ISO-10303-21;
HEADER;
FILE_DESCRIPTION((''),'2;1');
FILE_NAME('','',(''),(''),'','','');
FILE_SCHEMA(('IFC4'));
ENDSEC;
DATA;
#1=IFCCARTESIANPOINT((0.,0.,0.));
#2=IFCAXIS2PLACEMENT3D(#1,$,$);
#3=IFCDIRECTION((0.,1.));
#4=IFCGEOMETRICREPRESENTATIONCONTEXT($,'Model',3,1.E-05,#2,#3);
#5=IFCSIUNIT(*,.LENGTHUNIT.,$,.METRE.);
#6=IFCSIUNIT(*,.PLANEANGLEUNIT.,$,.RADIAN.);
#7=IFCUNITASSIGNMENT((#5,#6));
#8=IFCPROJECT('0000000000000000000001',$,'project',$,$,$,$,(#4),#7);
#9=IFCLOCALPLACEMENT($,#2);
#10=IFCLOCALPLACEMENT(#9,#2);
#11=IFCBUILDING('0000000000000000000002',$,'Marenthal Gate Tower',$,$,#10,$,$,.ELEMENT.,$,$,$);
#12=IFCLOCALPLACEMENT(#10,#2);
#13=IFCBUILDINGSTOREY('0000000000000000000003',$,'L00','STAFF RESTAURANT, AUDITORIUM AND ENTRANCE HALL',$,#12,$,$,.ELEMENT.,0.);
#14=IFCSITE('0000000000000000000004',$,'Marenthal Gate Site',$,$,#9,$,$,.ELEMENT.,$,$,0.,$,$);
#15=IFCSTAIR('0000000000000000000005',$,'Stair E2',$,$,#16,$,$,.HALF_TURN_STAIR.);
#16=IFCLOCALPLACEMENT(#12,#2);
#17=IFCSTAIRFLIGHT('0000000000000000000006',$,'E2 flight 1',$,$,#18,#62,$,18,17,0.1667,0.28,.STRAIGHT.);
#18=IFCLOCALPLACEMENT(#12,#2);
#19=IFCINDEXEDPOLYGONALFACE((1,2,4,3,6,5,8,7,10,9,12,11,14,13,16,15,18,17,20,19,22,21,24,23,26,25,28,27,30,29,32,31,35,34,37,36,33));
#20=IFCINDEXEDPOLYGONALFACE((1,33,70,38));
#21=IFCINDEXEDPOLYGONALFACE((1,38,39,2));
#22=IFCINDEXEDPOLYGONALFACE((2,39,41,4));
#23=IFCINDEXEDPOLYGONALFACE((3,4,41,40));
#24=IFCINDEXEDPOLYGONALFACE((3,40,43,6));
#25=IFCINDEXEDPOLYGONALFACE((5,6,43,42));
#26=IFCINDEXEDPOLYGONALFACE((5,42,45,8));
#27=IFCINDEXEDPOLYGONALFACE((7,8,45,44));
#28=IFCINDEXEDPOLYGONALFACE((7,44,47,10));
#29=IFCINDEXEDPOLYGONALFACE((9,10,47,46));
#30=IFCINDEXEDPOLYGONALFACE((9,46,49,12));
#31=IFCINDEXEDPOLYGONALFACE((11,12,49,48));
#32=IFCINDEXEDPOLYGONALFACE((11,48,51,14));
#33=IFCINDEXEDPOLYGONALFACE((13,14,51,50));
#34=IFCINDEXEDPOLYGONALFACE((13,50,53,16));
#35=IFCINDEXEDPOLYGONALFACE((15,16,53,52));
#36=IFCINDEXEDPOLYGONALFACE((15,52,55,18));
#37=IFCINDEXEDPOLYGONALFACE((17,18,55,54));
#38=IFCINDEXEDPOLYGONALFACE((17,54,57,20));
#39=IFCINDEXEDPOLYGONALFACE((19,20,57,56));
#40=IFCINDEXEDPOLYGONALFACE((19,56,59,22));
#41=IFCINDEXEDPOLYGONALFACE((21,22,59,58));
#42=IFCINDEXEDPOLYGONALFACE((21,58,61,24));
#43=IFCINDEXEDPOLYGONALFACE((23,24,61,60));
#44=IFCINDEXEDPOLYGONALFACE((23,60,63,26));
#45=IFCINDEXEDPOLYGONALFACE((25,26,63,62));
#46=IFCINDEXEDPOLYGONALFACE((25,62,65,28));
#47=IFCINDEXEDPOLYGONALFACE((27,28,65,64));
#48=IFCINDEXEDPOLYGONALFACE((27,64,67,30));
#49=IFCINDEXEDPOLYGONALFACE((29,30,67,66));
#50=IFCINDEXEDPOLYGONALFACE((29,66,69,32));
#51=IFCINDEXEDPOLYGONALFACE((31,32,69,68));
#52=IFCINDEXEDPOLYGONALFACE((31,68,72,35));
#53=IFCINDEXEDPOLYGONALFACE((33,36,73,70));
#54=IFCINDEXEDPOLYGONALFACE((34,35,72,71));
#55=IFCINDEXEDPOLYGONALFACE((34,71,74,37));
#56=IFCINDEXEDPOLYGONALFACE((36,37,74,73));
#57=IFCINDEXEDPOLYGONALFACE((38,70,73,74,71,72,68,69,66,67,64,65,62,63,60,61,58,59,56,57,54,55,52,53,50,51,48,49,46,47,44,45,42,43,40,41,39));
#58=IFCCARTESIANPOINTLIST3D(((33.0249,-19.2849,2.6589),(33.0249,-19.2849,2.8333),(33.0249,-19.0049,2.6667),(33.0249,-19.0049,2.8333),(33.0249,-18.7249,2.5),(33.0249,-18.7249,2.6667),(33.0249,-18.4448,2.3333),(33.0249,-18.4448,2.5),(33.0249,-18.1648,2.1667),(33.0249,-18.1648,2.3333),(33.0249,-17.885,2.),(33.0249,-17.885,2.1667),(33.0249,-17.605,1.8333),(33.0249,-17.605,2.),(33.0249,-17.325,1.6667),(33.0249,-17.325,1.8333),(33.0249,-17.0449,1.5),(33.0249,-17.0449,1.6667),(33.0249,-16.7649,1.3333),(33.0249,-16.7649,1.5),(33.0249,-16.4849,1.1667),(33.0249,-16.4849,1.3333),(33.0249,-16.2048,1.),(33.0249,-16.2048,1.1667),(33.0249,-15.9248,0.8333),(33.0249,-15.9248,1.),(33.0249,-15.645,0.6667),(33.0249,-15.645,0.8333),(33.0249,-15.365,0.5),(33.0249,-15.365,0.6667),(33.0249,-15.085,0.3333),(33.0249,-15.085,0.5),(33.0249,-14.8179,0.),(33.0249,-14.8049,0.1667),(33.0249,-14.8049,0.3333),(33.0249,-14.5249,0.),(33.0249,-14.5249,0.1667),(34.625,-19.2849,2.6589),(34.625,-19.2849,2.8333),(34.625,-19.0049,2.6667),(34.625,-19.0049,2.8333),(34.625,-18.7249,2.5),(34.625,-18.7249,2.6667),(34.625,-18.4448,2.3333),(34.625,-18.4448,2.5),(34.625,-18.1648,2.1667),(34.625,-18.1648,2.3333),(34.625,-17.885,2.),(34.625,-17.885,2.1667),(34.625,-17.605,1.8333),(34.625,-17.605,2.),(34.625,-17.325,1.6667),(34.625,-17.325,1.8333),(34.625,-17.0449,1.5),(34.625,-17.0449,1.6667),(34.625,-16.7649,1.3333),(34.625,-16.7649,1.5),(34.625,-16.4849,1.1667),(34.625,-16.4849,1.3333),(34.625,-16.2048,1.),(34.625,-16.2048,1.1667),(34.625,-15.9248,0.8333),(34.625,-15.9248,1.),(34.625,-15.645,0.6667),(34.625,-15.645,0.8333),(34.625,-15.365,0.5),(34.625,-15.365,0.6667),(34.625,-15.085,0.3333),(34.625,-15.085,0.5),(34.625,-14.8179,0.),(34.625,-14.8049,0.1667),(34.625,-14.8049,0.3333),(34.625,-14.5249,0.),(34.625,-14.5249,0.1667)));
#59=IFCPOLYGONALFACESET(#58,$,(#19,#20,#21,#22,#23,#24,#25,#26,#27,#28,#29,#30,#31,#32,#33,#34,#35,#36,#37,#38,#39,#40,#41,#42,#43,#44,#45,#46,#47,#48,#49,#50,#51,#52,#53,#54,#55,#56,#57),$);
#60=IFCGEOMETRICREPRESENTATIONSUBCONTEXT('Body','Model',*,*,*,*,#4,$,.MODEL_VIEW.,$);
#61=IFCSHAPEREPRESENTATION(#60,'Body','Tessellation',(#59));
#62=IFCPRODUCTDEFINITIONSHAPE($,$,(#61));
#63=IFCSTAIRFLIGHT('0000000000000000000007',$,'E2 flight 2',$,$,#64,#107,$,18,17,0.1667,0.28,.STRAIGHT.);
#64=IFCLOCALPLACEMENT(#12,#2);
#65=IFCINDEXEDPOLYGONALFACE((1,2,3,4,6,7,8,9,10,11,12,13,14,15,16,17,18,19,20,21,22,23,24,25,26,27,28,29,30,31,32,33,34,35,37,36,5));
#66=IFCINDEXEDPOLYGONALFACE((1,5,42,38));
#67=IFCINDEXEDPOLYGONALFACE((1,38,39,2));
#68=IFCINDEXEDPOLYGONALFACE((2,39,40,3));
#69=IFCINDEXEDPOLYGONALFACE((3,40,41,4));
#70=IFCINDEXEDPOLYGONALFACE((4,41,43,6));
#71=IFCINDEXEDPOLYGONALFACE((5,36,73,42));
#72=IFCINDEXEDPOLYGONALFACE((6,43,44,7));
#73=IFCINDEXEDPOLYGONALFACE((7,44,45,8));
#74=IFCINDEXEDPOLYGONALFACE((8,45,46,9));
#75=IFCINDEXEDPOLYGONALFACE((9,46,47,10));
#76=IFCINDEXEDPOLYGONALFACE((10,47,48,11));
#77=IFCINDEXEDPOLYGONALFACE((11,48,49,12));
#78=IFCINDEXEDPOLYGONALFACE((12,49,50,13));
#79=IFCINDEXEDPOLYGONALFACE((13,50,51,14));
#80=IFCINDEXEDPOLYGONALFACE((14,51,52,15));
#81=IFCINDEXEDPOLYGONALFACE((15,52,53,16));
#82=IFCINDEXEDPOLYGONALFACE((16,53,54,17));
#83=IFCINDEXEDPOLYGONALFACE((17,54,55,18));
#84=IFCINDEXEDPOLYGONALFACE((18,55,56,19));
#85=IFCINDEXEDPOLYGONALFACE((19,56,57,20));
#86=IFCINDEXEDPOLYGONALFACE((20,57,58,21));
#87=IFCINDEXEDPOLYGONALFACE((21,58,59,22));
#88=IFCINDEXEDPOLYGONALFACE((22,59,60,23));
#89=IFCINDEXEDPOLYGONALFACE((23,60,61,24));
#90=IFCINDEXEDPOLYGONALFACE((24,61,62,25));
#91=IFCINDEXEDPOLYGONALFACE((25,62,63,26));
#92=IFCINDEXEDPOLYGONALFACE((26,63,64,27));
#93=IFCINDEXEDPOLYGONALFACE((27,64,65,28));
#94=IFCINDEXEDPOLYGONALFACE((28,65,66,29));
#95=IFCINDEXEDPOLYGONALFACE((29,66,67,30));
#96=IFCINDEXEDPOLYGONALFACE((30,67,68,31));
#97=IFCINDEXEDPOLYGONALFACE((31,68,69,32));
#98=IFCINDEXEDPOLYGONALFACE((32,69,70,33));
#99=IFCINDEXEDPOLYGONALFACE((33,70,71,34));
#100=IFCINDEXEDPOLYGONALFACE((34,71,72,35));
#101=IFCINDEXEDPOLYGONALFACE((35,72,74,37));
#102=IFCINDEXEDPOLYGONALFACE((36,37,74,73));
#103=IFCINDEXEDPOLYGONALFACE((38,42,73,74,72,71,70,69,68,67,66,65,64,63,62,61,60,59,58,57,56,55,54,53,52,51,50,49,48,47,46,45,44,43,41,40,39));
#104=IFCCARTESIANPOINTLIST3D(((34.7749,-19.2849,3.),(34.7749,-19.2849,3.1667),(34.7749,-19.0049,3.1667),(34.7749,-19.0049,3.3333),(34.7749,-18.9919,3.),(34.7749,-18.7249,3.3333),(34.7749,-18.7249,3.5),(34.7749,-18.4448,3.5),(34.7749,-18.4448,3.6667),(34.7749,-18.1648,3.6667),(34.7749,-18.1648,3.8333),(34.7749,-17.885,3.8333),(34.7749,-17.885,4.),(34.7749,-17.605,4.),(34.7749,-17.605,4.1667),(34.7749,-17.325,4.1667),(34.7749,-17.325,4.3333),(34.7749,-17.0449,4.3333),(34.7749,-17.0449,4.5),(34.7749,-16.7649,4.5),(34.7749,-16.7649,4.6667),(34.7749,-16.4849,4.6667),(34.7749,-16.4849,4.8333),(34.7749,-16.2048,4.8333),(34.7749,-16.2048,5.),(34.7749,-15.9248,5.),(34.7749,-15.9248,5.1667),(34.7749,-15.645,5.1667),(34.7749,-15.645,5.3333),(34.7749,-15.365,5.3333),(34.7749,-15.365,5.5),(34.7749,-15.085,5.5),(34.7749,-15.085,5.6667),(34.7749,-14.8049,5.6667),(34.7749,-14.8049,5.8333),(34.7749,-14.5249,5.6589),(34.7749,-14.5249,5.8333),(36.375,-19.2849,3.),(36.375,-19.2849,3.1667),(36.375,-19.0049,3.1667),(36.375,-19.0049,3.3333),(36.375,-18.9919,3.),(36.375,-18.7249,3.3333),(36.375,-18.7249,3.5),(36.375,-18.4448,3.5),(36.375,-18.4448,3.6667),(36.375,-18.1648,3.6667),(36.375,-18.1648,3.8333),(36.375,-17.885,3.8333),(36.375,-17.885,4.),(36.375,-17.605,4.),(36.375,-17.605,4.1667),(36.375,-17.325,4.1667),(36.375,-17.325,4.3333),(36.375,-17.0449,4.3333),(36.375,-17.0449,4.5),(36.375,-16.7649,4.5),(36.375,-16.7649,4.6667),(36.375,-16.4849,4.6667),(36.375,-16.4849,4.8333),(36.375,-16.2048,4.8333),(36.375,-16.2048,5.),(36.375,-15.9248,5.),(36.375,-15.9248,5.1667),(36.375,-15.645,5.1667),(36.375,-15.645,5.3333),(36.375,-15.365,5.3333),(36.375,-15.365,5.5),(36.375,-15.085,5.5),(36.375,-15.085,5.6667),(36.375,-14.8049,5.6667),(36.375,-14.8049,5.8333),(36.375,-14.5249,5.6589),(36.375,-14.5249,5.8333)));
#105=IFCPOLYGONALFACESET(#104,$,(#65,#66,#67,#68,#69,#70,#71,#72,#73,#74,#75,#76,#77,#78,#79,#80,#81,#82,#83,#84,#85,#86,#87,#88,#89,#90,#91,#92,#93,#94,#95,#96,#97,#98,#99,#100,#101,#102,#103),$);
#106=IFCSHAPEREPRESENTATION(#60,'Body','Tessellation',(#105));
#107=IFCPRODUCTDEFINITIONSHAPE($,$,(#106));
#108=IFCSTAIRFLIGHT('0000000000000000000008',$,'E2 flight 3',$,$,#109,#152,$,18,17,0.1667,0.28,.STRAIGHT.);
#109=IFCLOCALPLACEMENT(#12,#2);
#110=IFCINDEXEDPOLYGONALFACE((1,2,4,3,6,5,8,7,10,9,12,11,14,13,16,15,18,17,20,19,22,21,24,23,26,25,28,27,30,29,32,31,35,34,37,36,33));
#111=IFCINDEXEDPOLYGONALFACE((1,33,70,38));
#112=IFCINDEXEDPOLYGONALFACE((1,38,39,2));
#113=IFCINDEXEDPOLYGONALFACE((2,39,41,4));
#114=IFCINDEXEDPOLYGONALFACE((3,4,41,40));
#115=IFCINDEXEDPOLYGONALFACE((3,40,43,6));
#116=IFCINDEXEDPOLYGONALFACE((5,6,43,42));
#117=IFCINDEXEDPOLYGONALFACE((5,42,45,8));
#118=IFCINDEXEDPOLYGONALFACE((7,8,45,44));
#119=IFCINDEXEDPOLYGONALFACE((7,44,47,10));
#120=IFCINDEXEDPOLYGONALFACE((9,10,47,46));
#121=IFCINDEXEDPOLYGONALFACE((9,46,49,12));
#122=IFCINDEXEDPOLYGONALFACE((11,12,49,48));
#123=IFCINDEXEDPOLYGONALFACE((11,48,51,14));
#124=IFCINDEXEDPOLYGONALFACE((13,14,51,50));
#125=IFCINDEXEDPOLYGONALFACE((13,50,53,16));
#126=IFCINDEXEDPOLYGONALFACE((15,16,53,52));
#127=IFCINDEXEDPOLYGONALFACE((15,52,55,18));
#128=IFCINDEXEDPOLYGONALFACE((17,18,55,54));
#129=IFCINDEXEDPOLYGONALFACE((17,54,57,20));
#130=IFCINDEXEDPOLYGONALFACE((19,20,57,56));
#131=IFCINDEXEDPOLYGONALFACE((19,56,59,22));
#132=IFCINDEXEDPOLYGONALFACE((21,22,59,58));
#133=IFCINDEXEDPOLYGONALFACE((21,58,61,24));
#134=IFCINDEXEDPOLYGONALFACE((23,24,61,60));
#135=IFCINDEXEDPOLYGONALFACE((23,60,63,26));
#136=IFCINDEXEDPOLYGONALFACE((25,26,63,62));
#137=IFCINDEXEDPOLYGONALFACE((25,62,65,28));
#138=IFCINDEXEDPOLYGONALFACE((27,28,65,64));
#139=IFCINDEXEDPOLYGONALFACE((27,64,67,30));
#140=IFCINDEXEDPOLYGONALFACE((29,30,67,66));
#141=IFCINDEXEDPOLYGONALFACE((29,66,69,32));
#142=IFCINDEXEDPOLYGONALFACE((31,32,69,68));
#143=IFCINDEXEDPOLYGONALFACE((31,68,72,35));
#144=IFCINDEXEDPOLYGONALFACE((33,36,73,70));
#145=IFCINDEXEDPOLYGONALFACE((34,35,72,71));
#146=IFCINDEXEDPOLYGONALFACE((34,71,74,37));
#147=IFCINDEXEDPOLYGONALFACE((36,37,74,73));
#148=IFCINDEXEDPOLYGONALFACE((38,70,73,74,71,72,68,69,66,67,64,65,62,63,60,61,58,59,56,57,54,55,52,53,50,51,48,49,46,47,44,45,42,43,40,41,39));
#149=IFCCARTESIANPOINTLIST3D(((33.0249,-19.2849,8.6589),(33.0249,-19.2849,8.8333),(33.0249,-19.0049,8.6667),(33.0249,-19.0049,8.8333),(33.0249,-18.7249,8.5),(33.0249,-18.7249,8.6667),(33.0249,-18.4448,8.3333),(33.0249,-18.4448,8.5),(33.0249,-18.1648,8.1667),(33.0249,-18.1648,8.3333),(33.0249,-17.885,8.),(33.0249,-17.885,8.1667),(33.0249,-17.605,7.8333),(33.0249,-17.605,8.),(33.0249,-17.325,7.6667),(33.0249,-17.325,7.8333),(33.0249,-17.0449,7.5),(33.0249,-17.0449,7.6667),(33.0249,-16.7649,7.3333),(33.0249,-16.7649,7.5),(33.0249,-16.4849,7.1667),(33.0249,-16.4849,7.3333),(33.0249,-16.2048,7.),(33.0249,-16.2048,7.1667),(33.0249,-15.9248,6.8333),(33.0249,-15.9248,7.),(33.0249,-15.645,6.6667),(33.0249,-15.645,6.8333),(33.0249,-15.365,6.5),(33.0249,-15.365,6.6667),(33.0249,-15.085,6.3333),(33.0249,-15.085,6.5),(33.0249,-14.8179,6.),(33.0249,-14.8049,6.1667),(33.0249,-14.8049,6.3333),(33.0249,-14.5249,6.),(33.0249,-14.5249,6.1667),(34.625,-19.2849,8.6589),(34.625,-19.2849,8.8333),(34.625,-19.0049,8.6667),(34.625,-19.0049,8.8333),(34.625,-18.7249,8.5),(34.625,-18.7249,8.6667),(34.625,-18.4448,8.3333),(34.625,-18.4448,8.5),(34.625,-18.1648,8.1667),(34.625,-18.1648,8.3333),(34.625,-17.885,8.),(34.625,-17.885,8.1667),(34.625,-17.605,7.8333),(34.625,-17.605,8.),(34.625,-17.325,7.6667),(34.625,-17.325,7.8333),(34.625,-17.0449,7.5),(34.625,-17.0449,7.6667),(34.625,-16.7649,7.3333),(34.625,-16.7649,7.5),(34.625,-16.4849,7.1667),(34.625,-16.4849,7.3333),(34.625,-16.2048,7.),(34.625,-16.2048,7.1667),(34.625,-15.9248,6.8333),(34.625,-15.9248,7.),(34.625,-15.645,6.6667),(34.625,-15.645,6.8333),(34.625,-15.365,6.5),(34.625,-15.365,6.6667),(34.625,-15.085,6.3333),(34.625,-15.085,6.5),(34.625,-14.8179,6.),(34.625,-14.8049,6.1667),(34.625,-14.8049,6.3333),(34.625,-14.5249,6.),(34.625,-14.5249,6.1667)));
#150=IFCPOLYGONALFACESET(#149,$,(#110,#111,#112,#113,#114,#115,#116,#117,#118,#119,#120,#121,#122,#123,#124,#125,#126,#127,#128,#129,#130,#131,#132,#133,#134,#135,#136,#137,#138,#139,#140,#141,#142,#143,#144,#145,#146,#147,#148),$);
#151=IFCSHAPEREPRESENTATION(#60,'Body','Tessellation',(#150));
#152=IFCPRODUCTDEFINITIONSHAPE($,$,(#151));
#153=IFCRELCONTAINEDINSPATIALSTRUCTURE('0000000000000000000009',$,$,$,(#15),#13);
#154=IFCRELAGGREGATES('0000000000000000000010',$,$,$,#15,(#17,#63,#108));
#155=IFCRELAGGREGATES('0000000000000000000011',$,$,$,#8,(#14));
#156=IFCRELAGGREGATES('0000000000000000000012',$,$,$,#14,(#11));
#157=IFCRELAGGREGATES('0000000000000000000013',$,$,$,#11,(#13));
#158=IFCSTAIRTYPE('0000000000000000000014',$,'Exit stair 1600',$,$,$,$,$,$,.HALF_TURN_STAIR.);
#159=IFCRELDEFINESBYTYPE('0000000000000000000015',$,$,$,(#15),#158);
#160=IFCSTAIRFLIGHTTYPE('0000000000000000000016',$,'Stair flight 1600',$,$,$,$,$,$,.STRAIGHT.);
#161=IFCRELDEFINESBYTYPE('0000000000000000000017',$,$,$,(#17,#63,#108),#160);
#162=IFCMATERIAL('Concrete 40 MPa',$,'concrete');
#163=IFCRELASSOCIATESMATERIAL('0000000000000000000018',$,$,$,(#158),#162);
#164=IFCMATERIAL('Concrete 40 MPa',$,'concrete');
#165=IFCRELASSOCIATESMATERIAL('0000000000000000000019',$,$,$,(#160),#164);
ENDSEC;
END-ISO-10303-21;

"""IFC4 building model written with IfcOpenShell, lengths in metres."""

from ifc_helpers import new_model, si_unit, direction, frame, origin, place, context, subcontext, project, spatial, polyline, outline, extrude, material, type_object, element, aggregate, save


model = new_model("IFC4")

# Units and contexts
model_context = context("Model", 3, precision=1e-05, world=origin(), true_north=direction((0.0, 1.0)))
body_context = subcontext(model_context, "Body", "Model", "MODEL_VIEW")
ifc_project = project(units=[si_unit("LENGTHUNIT", "METRE"), si_unit("PLANEANGLEUNIT", "RADIAN")], contexts=[model_context])

# Site, building, storey
site_placement = place(None, origin())
site = spatial("IfcSite", under=ifc_project, at=site_placement, Name="Marenthal Gate Site", CompositionType="ELEMENT", RefElevation=0.0)
building_placement = place(site_placement, origin())
building = spatial("IfcBuilding", under=site, at=building_placement, Name="Marenthal Gate Tower", CompositionType="ELEMENT")
storey_placement = place(building_placement, origin())
storey = spatial("IfcBuildingStorey", under=building, at=storey_placement, Name="L00", Description="STAFF RESTAURANT, AUDITORIUM AND ENTRANCE HALL", CompositionType="ELEMENT", Elevation=0.0)

# Stair, stair flights
ifc_material_1 = material(Name="Concrete 40 MPa", Category="concrete")
stair_type = type_object("IfcStairType", Name="Exit stair 1600", PredefinedType="HALF_TURN_STAIR", material=ifc_material_1)
stair_placement = place(storey_placement, origin())
stair = element("IfcStair", 1, at=stair_placement, inside=storey, type_object=stair_type, Name="Stair E2", PredefinedType="HALF_TURN_STAIR")
ifc_material_2 = material(Name="Concrete 40 MPa", Category="concrete")
stair_flight_type = type_object("IfcStairFlightType", Name="Stair flight 1600", PredefinedType="STRAIGHT", material=ifc_material_2)
stair_flight_1_placement = place(storey_placement, frame((33.825, -14.5249, 0.0), z_axis=(0.0, 0.0, 1.0), x_axis=(0.0, -1.0, 0.0)))
stair_flight_1 = element("IfcStairFlight", 2, at=stair_flight_1_placement, type_object=stair_flight_type, Name="E2 flight 1", NumberOfRisers=18, NumberOfTreads=17, PredefinedType="STRAIGHT", RiserHeight=0.1667, TreadLength=0.28, context=body_context, shape_type="SweptSolid", body=[
    extrude(outline(polyline([(0.0, 0.0), (0.0, 0.1667), (0.28, 0.1667), (0.28, 0.3333), (0.5601, 0.3333), (0.5601, 0.5), (0.8401, 0.5), (0.8401, 0.6667), (1.1201, 0.6667), (1.1201, 0.8333), (1.3999, 0.8333), (1.3999, 1.0), (1.6799, 1.0), (1.6799, 1.1667), (1.96, 1.1667), (1.96, 1.3333), (2.24, 1.3333), (2.24, 1.5), (2.52, 1.5), (2.52, 1.6667), (2.8, 1.6667), (2.8, 1.8333), (3.0801, 1.8333), (3.0801, 2.0), (3.3601, 2.0), (3.3601, 2.1667), (3.6399, 2.1667), (3.6399, 2.3333), (3.9199, 2.3333), (3.9199, 2.5), (4.2, 2.5), (4.2, 2.6667), (4.48, 2.6667), (4.48, 2.8333), (4.76, 2.8333), (4.76, 3.0), (4.76, 2.6589), (0.293, 0.0), (0.0, 0.0)])), frame((0.0, 0.8, 0.0), z_axis=(0.0, -1.0, 0.0), x_axis=(1.0, 0.0, 0.0)), (0.0, 0.0, 1.0), 1.6001),
])
stair_flight_2_placement = place(storey_placement, frame((35.575, -19.2849, 3.0), z_axis=(0.0, 0.0, 1.0), x_axis=(0.0, 1.0, 0.0)))
stair_flight_2 = element("IfcStairFlight", 3, at=stair_flight_2_placement, type_object=stair_flight_type, Name="E2 flight 2", NumberOfRisers=18, NumberOfTreads=17, PredefinedType="STRAIGHT", RiserHeight=0.1667, TreadLength=0.28, context=body_context, shape_type="SweptSolid", body=[
    extrude(outline(polyline([(0.0, 0.0), (0.0, 0.1667), (0.28, 0.1667), (0.28, 0.3333), (0.5601, 0.3333), (0.5601, 0.5), (0.8401, 0.5), (0.8401, 0.6667), (1.1201, 0.6667), (1.1201, 0.8333), (1.3999, 0.8333), (1.3999, 1.0), (1.6799, 1.0), (1.6799, 1.1667), (1.96, 1.1667), (1.96, 1.3333), (2.24, 1.3333), (2.24, 1.5), (2.52, 1.5), (2.52, 1.6667), (2.8, 1.6667), (2.8, 1.8333), (3.0801, 1.8333), (3.0801, 2.0), (3.3601, 2.0), (3.3601, 2.1667), (3.6399, 2.1667), (3.6399, 2.3333), (3.9199, 2.3333), (3.9199, 2.5), (4.2, 2.5), (4.2, 2.6667), (4.48, 2.6667), (4.48, 2.8333), (4.76, 2.8333), (4.76, 3.0), (4.76, 2.6589), (0.293, 0.0), (0.0, 0.0)])), frame((0.0, 0.8, 0.0), z_axis=(0.0, -1.0, 0.0), x_axis=(1.0, 0.0, 0.0)), (0.0, 0.0, 1.0), 1.6001),
])
stair_flight_3_placement = place(storey_placement, frame((33.825, -14.5249, 6.0), z_axis=(0.0, 0.0, 1.0), x_axis=(0.0, -1.0, 0.0)))
stair_flight_3 = element("IfcStairFlight", 4, at=stair_flight_3_placement, type_object=stair_flight_type, Name="E2 flight 3", NumberOfRisers=18, NumberOfTreads=17, PredefinedType="STRAIGHT", RiserHeight=0.1667, TreadLength=0.28, context=body_context, shape_type="SweptSolid", body=[
    extrude(outline(polyline([(0.0, 0.0), (0.0, 0.1667), (0.28, 0.1667), (0.28, 0.3333), (0.5601, 0.3333), (0.5601, 0.5), (0.8401, 0.5), (0.8401, 0.6667), (1.1201, 0.6667), (1.1201, 0.8333), (1.3999, 0.8333), (1.3999, 1.0), (1.6799, 1.0), (1.6799, 1.1667), (1.96, 1.1667), (1.96, 1.3333), (2.24, 1.3333), (2.24, 1.5), (2.52, 1.5), (2.52, 1.6667), (2.8, 1.6667), (2.8, 1.8333), (3.0801, 1.8333), (3.0801, 2.0), (3.3601, 2.0), (3.3601, 2.1667), (3.6399, 2.1667), (3.6399, 2.3333), (3.9199, 2.3333), (3.9199, 2.5), (4.2, 2.5), (4.2, 2.6667), (4.48, 2.6667), (4.48, 2.8333), (4.76, 2.8333), (4.76, 3.0), (4.76, 2.6589), (0.293, 0.0), (0.0, 0.0)])), frame((0.0, 0.8, 0.0), z_axis=(0.0, -1.0, 0.0), x_axis=(1.0, 0.0, 0.0)), (0.0, 0.0, 1.0), 1.6001),
])
aggregate(stair, [stair_flight_1, stair_flight_2, stair_flight_3])

save(model, "model.ifc")
